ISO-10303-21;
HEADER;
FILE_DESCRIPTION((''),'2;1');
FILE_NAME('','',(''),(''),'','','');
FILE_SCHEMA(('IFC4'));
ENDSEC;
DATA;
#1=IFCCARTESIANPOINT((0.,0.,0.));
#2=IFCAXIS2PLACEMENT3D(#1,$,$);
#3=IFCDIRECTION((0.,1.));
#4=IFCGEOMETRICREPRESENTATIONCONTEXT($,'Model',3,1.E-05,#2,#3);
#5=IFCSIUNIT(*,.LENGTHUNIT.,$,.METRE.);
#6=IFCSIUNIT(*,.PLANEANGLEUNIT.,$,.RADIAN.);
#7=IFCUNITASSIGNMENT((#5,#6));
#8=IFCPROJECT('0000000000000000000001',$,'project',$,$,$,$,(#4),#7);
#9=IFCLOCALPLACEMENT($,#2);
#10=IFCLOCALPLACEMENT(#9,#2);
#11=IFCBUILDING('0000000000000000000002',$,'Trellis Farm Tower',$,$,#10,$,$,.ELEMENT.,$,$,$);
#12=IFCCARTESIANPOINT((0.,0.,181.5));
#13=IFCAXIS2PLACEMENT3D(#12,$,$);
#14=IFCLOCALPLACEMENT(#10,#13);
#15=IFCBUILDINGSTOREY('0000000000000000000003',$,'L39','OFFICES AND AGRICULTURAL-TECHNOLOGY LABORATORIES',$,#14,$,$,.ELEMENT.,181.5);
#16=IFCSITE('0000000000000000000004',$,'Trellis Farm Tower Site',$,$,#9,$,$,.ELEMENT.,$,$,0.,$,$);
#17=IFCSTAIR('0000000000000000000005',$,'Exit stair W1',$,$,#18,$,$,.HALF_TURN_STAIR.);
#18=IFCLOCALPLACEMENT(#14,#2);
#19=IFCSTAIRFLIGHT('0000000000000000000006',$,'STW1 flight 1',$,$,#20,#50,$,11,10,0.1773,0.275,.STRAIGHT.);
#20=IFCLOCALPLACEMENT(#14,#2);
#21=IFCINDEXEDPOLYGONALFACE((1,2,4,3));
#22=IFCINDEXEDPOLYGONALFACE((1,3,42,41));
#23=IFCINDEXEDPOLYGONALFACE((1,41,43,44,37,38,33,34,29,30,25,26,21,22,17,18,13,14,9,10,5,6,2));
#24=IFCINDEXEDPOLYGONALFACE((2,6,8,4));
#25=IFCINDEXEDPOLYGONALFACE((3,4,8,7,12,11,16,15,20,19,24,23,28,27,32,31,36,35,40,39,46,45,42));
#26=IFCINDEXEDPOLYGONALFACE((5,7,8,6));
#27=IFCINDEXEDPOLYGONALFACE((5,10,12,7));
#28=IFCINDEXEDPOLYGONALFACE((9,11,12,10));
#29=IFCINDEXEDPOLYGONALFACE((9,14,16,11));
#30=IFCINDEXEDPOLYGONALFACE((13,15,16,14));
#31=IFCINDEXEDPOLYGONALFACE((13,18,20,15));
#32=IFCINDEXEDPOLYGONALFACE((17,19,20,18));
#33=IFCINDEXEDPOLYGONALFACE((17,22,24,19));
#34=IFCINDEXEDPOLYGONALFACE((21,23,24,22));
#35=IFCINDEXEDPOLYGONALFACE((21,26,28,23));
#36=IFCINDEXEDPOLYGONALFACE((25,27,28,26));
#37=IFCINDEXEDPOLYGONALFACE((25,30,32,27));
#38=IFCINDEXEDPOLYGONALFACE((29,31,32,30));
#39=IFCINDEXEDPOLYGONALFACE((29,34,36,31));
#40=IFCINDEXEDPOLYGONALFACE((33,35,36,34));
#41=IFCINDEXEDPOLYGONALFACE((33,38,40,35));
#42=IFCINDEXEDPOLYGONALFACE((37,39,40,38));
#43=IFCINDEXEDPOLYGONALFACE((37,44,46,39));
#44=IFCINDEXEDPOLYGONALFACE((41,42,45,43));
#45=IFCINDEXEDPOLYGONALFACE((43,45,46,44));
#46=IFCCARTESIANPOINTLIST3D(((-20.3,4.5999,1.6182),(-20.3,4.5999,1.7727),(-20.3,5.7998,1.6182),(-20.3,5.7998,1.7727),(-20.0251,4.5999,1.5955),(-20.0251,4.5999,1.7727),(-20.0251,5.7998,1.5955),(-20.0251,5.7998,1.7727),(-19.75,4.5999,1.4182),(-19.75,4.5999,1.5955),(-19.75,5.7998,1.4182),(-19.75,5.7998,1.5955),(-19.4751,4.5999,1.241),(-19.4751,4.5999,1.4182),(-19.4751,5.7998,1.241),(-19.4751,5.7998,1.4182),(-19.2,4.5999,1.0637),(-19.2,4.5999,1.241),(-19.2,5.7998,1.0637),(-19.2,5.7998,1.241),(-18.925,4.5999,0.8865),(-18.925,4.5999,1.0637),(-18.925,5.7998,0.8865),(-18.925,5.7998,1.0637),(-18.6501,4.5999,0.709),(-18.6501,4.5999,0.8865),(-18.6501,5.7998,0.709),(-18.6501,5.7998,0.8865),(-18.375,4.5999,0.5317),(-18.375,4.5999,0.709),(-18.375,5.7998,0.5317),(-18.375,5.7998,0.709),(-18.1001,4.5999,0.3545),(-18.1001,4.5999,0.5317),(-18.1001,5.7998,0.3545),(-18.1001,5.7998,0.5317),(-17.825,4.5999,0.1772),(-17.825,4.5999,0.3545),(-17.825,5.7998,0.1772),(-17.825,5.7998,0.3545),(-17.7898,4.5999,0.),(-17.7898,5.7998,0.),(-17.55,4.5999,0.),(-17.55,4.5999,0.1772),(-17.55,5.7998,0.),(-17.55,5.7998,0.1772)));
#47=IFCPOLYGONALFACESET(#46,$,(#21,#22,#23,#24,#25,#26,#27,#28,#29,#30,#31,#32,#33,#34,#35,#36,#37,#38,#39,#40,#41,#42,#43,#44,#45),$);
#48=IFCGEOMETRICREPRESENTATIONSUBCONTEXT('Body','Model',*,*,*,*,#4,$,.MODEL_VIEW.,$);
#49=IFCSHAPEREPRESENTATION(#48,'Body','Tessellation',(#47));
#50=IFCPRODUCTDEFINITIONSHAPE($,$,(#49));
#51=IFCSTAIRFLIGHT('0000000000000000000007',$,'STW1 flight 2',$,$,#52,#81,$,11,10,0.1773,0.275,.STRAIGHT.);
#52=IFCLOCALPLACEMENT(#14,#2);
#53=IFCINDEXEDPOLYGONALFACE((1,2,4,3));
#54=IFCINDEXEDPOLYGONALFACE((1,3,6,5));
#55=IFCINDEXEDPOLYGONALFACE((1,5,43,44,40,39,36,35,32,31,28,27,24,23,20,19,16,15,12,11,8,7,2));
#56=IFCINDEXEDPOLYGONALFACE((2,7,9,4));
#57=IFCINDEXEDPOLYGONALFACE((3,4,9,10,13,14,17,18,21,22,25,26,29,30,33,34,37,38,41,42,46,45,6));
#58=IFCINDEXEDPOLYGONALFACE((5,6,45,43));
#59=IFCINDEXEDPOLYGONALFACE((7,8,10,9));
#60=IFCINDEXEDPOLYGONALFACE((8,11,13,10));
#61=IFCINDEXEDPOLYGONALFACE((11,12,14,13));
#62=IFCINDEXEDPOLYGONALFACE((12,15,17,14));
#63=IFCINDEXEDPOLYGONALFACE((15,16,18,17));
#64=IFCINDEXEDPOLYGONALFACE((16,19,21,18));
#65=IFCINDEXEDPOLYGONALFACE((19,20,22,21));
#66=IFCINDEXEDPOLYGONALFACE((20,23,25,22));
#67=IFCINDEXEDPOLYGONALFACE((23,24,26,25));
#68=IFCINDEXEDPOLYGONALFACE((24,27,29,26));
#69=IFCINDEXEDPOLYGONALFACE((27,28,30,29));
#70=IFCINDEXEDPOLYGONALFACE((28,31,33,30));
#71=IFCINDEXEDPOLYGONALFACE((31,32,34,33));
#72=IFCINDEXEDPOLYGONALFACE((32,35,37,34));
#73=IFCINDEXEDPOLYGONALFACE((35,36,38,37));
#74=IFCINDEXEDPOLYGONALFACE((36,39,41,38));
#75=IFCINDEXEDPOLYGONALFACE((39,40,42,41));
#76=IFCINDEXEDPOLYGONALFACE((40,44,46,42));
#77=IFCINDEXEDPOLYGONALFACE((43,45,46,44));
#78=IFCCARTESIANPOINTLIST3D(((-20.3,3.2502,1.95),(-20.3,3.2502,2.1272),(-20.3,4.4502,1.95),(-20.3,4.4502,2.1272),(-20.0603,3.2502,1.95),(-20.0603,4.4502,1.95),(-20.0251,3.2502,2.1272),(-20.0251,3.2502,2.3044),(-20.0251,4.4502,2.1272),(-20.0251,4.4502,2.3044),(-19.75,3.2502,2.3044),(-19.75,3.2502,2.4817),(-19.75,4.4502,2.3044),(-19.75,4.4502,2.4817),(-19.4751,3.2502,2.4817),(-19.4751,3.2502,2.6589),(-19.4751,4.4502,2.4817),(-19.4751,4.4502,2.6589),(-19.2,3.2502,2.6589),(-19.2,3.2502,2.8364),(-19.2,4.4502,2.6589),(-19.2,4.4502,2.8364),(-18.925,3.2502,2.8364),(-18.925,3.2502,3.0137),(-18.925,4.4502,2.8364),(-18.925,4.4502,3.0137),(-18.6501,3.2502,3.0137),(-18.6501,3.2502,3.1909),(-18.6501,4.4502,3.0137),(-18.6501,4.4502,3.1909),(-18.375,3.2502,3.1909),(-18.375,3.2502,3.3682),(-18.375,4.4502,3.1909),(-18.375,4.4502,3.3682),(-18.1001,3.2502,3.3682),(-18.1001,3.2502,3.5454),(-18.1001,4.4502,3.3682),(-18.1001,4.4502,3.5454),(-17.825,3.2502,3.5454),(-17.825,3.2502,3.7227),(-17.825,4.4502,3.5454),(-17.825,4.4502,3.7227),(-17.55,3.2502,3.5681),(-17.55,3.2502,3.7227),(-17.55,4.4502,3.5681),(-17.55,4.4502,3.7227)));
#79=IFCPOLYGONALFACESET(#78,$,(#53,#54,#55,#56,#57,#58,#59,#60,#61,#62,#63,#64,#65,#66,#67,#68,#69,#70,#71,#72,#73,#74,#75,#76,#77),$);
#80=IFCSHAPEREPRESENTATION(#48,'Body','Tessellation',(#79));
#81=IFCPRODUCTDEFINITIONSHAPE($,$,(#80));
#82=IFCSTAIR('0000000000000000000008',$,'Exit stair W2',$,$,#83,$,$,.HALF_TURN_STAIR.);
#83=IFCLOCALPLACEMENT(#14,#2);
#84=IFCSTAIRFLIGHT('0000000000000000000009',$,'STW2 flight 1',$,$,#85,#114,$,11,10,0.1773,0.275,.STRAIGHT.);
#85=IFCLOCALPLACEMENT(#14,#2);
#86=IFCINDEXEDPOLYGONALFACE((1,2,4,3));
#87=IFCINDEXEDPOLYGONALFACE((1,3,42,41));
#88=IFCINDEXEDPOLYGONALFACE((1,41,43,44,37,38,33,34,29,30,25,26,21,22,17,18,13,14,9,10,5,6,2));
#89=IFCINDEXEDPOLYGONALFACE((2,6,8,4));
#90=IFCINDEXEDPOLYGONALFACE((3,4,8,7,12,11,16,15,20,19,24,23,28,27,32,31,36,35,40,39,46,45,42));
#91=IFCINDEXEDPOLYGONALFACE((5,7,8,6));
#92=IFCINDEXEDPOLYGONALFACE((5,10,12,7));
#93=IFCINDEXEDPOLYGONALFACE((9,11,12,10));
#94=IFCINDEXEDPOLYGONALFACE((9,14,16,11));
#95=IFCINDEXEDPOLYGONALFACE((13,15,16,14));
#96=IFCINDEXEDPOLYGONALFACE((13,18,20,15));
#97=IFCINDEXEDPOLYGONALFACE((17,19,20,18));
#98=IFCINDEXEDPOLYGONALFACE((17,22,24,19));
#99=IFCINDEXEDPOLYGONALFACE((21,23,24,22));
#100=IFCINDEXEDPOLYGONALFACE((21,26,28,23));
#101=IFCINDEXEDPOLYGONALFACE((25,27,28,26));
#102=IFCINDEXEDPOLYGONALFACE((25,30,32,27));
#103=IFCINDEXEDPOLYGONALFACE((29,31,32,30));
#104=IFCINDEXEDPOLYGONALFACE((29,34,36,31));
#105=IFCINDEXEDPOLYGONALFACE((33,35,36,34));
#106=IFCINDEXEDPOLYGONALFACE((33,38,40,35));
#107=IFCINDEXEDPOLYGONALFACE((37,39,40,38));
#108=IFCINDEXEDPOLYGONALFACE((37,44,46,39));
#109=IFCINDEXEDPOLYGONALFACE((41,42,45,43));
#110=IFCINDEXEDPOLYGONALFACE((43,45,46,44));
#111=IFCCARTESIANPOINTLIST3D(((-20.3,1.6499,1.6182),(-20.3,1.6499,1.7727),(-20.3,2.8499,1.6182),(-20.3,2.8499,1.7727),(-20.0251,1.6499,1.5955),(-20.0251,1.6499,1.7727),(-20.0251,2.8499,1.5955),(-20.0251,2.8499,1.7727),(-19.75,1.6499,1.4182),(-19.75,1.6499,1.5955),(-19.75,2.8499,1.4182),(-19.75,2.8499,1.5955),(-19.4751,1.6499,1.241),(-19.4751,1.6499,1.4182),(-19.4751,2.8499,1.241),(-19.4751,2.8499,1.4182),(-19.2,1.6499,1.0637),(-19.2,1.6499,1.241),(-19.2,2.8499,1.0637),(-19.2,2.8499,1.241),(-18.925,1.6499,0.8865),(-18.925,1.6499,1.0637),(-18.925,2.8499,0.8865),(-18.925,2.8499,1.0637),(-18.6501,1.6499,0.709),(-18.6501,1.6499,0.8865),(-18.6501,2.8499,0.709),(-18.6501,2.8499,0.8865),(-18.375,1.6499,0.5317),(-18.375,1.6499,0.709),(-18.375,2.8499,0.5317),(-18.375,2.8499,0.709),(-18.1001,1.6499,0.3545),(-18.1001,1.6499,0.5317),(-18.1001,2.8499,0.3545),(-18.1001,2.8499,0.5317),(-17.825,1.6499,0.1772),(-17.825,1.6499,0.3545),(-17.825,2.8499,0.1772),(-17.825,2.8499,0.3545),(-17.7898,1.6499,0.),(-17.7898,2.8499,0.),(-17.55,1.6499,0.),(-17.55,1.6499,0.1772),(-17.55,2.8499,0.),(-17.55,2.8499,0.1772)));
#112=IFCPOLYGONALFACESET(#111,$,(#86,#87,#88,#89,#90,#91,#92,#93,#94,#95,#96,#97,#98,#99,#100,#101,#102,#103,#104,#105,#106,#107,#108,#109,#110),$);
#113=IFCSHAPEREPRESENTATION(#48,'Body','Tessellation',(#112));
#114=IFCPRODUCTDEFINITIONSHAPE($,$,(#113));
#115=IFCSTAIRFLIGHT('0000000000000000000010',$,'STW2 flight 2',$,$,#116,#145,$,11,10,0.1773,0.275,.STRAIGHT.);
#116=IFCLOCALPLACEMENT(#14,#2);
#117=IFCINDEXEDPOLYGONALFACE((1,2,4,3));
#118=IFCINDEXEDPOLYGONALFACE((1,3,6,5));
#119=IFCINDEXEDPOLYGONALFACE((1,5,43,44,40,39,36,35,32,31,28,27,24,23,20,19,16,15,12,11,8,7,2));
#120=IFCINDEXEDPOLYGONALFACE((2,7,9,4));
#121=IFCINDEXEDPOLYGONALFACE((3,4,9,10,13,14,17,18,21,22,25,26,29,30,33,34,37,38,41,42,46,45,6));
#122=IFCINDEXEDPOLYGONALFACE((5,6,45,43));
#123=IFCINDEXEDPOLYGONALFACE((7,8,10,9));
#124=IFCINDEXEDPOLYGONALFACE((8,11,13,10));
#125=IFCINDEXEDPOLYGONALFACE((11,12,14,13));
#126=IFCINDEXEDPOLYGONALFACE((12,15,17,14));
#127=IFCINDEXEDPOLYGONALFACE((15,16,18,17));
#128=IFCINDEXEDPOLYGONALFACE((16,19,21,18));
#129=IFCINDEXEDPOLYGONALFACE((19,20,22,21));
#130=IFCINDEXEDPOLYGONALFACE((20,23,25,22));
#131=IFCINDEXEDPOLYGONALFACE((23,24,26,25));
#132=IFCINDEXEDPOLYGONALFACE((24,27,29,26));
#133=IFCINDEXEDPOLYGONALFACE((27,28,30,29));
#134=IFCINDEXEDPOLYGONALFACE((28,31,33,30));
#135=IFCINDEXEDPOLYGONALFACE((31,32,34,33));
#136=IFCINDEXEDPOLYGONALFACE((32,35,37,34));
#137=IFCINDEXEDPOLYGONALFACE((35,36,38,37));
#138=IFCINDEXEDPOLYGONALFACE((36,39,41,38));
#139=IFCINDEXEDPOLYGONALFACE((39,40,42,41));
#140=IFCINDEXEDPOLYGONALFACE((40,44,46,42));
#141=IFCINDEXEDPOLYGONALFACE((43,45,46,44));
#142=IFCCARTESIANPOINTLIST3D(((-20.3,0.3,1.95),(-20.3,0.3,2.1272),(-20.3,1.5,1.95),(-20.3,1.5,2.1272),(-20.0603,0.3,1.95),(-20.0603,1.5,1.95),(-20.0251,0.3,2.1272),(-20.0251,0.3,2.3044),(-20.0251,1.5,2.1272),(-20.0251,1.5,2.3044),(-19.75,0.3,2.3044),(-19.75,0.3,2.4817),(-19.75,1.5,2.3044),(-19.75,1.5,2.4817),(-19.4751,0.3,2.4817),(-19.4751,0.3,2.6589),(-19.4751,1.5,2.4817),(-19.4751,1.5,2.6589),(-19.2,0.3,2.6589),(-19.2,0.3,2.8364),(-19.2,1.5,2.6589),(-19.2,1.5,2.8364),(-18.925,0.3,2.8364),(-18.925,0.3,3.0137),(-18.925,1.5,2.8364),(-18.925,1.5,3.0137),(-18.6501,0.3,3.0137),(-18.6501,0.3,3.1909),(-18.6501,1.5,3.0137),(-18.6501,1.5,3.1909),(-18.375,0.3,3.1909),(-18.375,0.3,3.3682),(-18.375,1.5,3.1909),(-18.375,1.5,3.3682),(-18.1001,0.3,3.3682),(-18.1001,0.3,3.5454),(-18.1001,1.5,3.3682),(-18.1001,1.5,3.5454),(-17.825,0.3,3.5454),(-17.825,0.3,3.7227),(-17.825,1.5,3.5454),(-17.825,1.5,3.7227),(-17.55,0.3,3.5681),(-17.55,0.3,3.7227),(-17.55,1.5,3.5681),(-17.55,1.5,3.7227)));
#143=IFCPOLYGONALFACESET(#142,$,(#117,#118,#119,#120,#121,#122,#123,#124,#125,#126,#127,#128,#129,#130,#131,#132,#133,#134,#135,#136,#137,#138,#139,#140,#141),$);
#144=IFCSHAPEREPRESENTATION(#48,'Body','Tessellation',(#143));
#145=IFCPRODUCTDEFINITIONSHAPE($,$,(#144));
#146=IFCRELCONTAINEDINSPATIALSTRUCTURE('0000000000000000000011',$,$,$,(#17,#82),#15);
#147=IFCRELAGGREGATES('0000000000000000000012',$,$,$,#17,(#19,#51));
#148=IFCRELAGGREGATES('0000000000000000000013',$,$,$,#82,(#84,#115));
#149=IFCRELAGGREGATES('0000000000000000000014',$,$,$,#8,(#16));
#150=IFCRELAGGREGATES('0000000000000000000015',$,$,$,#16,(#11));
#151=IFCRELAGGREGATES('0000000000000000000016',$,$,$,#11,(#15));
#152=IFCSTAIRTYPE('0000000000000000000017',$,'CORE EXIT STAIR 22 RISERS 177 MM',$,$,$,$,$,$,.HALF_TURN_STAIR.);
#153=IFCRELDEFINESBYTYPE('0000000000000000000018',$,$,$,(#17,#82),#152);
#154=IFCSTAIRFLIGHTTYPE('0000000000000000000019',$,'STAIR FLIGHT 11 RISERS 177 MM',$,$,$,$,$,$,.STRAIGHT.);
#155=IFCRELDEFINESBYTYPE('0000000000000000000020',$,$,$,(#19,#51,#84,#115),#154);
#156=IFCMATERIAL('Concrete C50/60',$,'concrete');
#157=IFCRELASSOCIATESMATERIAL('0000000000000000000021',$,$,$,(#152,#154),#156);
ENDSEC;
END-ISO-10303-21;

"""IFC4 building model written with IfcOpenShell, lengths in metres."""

from ifc_helpers import new_model, si_unit, direction, frame, origin, place, context, subcontext, project, spatial, polyline, outline, extrude, source, transform, mapped, material, type_object, element, aggregate, save


model = new_model("IFC4")

# Units and contexts
model_context = context("Model", 3, precision=1e-05, world=origin(), true_north=direction((0.0, 1.0)))
body_context = subcontext(model_context, "Body", "Model", "MODEL_VIEW")
ifc_project = project(units=[si_unit("LENGTHUNIT", "METRE"), si_unit("PLANEANGLEUNIT", "RADIAN")], contexts=[model_context])

# Site, building, storey
site_placement = place(None, origin())
site = spatial("IfcSite", under=ifc_project, at=site_placement, Name="Trellis Farm Tower Site", CompositionType="ELEMENT", RefElevation=0.0)
building_placement = place(site_placement, origin())
building = spatial("IfcBuilding", under=site, at=building_placement, Name="Trellis Farm Tower", CompositionType="ELEMENT")
storey_placement = place(building_placement, frame((0.0, 0.0, 181.5)))
storey = spatial("IfcBuildingStorey", under=building, at=storey_placement, Name="L39", Description="OFFICES AND AGRICULTURAL-TECHNOLOGY LABORATORIES", CompositionType="ELEMENT", Elevation=181.5)

# Shared definitions
placement = place(storey_placement, origin())

# Stairs, stair flights
ifc_material_1 = material(Name="Concrete C50/60", Category="concrete")
stair_type = type_object("IfcStairType", Name="CORE EXIT STAIR 22 RISERS 177 MM", PredefinedType="HALF_TURN_STAIR", material=ifc_material_1)
stair_1 = element("IfcStair", 1, at=placement, inside=storey, type_object=stair_type, Name="Exit stair W1", PredefinedType="HALF_TURN_STAIR")
stair_flight_type = type_object("IfcStairFlightType", Name="STAIR FLIGHT 11 RISERS 177 MM", PredefinedType="STRAIGHT", material=ifc_material_1)
shared_shape_1 = source(origin(), body_context, "Body", "SweptSolid", [
    extrude(outline(polyline([(0.0, 0.0), (0.0, 0.1772), (0.2749, 0.1772), (0.2749, 0.3545), (0.55, 0.3545), (0.55, 0.5317), (0.825, 0.5317), (0.825, 0.709), (1.1001, 0.709), (1.1001, 0.8865), (1.375, 0.8865), (1.375, 1.0637), (1.6499, 1.0637), (1.6499, 1.241), (1.925, 1.241), (1.925, 1.4182), (2.2, 1.4182), (2.2, 1.5955), (2.4751, 1.5955), (2.4751, 1.7727), (2.75, 1.7727), (2.75, 1.95), (2.75, 1.6182), (0.2397, 0.0), (0.0, 0.0)])), frame((0.0, 0.6001, 0.0), z_axis=(0.0, -1.0, 0.0), x_axis=(1.0, 0.0, 0.0)), (0.0, 0.0, 1.0), 1.2),
])
stair_flight_1_placement = place(storey_placement, frame((-17.55, 5.2, 0.0), z_axis=(0.0, 0.0, 1.0), x_axis=(-1.0, 0.0, 0.0)))
stair_flight_1 = element("IfcStairFlight", 2, at=stair_flight_1_placement, type_object=stair_flight_type, Name="STW1 flight 1", NumberOfRisers=11, NumberOfTreads=10, PredefinedType="STRAIGHT", RiserHeight=0.1773, TreadLength=0.275, context=body_context, shape_type="MappedRepresentation", body=[
    mapped(shared_shape_1, transform((0.0, 0.0, 0.0))),
])
stair_flight_2_placement = place(storey_placement, frame((-20.3, 3.8501, 1.95), z_axis=(0.0, 0.0, 1.0), x_axis=(1.0, 0.0, 0.0)))
stair_flight_2 = element("IfcStairFlight", 3, at=stair_flight_2_placement, type_object=stair_flight_type, Name="STW1 flight 2", NumberOfRisers=11, NumberOfTreads=10, PredefinedType="STRAIGHT", RiserHeight=0.1773, TreadLength=0.275, context=body_context, shape_type="MappedRepresentation", body=[
    mapped(shared_shape_1, transform((0.0, 0.0, 0.0))),
])
aggregate(stair_1, [stair_flight_1, stair_flight_2])
stair_2 = element("IfcStair", 4, at=placement, inside=storey, type_object=stair_type, Name="Exit stair W2", PredefinedType="HALF_TURN_STAIR")
stair_flight_3_placement = place(storey_placement, frame((-17.55, 2.25, 0.0), z_axis=(0.0, 0.0, 1.0), x_axis=(-1.0, 0.0, 0.0)))
stair_flight_3 = element("IfcStairFlight", 5, at=stair_flight_3_placement, type_object=stair_flight_type, Name="STW2 flight 1", NumberOfRisers=11, NumberOfTreads=10, PredefinedType="STRAIGHT", RiserHeight=0.1773, TreadLength=0.275, context=body_context, shape_type="MappedRepresentation", body=[
    mapped(shared_shape_1, transform((0.0, 0.0, 0.0))),
])
stair_flight_4_placement = place(storey_placement, frame((-20.3, 0.8999, 1.95), z_axis=(0.0, 0.0, 1.0), x_axis=(1.0, 0.0, 0.0)))
stair_flight_4 = element("IfcStairFlight", 6, at=stair_flight_4_placement, type_object=stair_flight_type, Name="STW2 flight 2", NumberOfRisers=11, NumberOfTreads=10, PredefinedType="STRAIGHT", RiserHeight=0.1773, TreadLength=0.275, context=body_context, shape_type="MappedRepresentation", body=[
    mapped(shared_shape_1, transform((0.0, 0.0, 0.0))),
])
aggregate(stair_2, [stair_flight_3, stair_flight_4])

save(model, "model.ifc")
